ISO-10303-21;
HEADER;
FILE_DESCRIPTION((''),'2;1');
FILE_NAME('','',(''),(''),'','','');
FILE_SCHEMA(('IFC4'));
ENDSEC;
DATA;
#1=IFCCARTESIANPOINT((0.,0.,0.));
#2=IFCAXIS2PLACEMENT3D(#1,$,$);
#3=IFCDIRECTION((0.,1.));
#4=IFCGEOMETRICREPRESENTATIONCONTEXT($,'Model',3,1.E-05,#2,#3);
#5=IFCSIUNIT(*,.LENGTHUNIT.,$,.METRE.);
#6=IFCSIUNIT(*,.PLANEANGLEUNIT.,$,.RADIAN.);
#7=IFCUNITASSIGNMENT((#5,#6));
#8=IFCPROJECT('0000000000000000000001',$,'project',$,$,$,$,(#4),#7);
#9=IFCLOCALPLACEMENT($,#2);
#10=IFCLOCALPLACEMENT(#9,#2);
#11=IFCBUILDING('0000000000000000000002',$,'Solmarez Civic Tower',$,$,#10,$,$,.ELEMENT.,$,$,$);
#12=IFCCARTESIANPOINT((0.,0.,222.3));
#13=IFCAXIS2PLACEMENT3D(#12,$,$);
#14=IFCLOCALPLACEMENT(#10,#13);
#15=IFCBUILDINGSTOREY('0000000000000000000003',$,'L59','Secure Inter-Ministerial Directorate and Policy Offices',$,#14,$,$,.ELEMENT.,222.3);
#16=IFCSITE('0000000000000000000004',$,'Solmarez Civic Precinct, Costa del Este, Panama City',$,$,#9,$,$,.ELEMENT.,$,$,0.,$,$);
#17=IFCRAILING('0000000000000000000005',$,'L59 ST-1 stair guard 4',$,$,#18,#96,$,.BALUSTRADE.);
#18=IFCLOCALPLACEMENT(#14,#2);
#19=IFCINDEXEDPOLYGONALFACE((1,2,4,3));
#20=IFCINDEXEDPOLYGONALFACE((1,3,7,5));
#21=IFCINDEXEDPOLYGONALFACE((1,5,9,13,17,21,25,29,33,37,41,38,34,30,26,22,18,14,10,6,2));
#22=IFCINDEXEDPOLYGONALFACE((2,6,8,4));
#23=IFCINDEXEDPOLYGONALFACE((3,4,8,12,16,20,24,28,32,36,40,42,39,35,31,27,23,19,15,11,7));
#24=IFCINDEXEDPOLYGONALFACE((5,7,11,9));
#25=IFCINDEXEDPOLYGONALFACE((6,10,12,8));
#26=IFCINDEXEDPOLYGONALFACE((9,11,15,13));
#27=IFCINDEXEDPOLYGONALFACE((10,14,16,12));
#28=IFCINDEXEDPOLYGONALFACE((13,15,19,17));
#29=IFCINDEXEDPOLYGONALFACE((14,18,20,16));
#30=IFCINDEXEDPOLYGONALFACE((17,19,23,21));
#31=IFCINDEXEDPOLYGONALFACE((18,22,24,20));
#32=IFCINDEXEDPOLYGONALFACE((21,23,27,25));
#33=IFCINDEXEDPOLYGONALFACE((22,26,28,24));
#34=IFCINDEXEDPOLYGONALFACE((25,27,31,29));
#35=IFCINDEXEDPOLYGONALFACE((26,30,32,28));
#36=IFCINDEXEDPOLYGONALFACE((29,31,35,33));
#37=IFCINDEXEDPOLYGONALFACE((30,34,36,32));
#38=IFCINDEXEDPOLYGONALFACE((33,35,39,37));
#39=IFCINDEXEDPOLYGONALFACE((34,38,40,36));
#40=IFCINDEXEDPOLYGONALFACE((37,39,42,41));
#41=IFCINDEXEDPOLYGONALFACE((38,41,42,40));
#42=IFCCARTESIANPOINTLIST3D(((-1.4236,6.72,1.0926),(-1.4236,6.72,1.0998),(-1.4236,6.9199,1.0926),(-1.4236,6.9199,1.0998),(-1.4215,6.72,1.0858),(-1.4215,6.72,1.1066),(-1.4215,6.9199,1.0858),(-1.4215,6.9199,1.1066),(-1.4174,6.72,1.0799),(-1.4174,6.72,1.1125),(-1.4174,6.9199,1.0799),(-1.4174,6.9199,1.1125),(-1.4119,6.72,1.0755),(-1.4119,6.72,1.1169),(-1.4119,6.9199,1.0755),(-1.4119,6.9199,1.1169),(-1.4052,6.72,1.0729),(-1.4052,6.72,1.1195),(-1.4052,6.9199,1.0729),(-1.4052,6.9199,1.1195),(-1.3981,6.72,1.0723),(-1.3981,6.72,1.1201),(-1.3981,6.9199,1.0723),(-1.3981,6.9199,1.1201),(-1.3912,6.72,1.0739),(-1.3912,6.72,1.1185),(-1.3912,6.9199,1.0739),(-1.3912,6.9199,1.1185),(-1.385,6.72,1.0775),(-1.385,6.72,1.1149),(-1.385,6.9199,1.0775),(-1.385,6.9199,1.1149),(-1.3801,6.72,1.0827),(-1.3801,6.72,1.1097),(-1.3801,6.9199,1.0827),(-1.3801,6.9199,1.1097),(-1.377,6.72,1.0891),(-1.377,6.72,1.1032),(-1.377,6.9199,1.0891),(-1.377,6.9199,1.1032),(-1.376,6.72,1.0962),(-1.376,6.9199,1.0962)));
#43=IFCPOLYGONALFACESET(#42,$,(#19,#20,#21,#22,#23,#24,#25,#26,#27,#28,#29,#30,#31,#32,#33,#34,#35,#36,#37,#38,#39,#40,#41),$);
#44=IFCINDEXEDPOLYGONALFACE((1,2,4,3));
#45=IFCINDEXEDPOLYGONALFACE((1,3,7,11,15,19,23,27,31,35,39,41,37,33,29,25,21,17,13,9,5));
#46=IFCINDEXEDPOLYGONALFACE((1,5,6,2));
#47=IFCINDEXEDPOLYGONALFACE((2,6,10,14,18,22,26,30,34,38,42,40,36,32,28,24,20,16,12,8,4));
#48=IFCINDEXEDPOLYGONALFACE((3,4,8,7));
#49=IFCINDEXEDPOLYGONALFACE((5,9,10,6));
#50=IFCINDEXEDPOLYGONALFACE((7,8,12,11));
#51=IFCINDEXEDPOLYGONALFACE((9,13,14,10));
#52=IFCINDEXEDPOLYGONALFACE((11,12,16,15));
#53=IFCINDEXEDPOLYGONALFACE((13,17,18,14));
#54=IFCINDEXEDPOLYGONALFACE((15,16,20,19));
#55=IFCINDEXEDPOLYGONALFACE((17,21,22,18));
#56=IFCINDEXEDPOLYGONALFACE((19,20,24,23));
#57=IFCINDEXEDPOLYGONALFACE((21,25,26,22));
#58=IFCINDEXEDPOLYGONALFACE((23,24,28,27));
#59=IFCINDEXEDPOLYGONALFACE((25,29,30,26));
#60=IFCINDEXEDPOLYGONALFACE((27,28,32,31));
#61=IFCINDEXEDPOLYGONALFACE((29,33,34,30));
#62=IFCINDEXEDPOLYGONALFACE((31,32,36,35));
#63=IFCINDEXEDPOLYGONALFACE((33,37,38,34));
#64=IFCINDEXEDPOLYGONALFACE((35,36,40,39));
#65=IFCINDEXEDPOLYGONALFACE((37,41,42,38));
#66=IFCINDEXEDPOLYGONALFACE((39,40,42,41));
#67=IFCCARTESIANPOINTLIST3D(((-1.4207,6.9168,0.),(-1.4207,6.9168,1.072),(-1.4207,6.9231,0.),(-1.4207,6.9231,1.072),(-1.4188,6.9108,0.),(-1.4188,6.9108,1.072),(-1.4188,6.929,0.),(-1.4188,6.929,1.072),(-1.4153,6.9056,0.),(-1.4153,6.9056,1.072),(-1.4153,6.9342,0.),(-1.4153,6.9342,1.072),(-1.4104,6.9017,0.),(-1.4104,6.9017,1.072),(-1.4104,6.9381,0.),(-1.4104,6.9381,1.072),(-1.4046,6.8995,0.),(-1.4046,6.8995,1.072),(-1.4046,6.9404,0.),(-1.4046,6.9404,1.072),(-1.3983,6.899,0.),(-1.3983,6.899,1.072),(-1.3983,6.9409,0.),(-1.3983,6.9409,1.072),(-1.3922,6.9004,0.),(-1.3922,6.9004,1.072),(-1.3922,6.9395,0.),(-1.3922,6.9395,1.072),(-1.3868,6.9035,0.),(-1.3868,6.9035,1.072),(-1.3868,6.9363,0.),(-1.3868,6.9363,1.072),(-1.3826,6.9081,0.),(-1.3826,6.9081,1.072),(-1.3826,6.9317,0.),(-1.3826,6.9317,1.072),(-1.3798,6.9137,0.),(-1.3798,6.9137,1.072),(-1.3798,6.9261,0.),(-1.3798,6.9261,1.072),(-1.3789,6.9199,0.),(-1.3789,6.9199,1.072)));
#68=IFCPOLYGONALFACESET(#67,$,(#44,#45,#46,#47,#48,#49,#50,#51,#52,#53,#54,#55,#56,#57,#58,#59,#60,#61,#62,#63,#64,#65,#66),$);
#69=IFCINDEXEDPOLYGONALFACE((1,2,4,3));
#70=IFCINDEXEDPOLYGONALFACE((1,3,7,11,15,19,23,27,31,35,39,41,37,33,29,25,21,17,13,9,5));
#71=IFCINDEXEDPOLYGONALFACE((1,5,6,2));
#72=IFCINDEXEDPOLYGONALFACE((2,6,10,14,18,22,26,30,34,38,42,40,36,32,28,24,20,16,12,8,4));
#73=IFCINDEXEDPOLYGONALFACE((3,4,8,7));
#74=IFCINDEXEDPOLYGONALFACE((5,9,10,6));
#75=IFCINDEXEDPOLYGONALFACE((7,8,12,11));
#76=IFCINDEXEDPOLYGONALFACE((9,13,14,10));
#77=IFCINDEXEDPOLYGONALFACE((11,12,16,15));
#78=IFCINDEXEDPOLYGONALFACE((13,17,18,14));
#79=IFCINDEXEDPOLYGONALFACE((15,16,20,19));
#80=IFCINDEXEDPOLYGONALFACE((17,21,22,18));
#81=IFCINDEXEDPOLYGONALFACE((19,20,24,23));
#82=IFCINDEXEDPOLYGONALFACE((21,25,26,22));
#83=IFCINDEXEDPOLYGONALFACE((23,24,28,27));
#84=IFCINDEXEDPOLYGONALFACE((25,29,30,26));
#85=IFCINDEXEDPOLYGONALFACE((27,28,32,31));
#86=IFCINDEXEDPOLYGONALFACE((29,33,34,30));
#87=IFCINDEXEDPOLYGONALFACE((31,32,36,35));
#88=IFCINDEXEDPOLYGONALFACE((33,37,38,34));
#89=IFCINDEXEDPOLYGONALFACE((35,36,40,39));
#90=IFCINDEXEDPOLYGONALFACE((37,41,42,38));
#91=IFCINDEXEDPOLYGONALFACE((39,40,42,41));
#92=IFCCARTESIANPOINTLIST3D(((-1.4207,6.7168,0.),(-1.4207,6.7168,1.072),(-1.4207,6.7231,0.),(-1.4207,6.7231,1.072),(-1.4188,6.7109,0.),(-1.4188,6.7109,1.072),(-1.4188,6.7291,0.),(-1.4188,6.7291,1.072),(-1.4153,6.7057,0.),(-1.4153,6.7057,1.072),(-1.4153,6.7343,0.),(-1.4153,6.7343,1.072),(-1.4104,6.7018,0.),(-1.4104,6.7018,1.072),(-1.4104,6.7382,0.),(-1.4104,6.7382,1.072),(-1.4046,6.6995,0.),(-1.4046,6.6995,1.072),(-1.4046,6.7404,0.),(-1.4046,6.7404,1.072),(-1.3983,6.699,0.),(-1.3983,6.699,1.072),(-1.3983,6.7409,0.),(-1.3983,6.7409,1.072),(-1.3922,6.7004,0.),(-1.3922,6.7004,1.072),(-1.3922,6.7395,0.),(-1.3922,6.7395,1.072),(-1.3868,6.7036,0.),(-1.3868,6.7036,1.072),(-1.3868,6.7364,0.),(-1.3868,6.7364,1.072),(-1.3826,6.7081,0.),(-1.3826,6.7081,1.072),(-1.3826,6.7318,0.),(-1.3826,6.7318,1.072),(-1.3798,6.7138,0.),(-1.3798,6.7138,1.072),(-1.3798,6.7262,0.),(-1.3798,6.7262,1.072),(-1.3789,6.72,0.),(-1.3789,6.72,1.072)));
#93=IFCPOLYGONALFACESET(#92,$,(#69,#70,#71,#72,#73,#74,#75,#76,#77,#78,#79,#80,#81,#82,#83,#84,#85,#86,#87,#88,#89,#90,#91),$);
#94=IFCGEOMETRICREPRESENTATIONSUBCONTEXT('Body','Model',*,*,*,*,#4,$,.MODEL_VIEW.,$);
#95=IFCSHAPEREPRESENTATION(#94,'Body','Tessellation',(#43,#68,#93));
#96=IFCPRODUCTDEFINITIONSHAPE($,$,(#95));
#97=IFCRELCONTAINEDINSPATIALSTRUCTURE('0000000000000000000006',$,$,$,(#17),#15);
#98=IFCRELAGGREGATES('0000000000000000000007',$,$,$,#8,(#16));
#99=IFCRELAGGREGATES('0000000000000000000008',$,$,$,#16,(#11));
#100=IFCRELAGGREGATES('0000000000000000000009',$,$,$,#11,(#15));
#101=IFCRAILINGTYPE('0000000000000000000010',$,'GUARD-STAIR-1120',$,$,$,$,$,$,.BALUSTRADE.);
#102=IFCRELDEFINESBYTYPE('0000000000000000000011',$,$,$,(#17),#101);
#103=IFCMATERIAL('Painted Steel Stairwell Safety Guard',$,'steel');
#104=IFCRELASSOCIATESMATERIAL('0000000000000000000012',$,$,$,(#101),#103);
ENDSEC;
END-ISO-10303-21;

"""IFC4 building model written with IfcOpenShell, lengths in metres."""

from ifc_helpers import new_model, si_unit, direction, frame, origin, origin_2d, place, context, subcontext, project, spatial, circle, extrude, material, type_object, element, save


model = new_model("IFC4")

# Units and contexts
model_context = context("Model", 3, precision=1e-05, world=origin(), true_north=direction((0.0, 1.0)))
body_context = subcontext(model_context, "Body", "Model", "MODEL_VIEW")
ifc_project = project(units=[si_unit("LENGTHUNIT", "METRE"), si_unit("PLANEANGLEUNIT", "RADIAN")], contexts=[model_context])

# Site, building, storey
site_placement = place(None, origin())
site = spatial("IfcSite", under=ifc_project, at=site_placement, Name="Solmarez Civic Precinct, Costa del Este, Panama City", CompositionType="ELEMENT", RefElevation=0.0)
building_placement = place(site_placement, origin())
building = spatial("IfcBuilding", under=site, at=building_placement, Name="Solmarez Civic Tower", CompositionType="ELEMENT")
storey_placement = place(building_placement, frame((0.0, 0.0, 222.3)))
storey = spatial("IfcBuildingStorey", under=building, at=storey_placement, Name="L59", Description="Secure Inter-Ministerial Directorate and Policy Offices", CompositionType="ELEMENT", Elevation=222.3)

# Railing
ifc_material_1 = material(Name="Painted Steel Stairwell Safety Guard", Category="steel")
railing_type_1 = type_object("IfcRailingType", Name="GUARD-STAIR-1120", PredefinedType="BALUSTRADE", material=ifc_material_1)
railing_1_placement = place(storey_placement, frame((-1.3999, 6.9199, 0.0)))
element("IfcRailing", 1, at=railing_1_placement, inside=storey, type_object=railing_type_1, Name="L59 ST-1 stair guard 4", PredefinedType="BALUSTRADE", context=body_context, shape_type="SweptSolid", body=[
    extrude(circle(Radius=0.0239, at=origin_2d()), frame((0.0, 0.0, 1.0962), z_axis=(0.0, -1.0, 0.0), x_axis=(1.0, 0.0, 0.0)), (0.0, 0.0, 1.0), 0.2),
    extrude(circle(Radius=0.021, at=origin_2d()), origin(), (0.0, 0.0, 1.0), 1.072),
    extrude(circle(Radius=0.021, at=origin_2d()), frame((0.0, -0.2, 0.0)), (0.0, 0.0, 1.0), 1.072),
])

save(model, "model.ifc")
